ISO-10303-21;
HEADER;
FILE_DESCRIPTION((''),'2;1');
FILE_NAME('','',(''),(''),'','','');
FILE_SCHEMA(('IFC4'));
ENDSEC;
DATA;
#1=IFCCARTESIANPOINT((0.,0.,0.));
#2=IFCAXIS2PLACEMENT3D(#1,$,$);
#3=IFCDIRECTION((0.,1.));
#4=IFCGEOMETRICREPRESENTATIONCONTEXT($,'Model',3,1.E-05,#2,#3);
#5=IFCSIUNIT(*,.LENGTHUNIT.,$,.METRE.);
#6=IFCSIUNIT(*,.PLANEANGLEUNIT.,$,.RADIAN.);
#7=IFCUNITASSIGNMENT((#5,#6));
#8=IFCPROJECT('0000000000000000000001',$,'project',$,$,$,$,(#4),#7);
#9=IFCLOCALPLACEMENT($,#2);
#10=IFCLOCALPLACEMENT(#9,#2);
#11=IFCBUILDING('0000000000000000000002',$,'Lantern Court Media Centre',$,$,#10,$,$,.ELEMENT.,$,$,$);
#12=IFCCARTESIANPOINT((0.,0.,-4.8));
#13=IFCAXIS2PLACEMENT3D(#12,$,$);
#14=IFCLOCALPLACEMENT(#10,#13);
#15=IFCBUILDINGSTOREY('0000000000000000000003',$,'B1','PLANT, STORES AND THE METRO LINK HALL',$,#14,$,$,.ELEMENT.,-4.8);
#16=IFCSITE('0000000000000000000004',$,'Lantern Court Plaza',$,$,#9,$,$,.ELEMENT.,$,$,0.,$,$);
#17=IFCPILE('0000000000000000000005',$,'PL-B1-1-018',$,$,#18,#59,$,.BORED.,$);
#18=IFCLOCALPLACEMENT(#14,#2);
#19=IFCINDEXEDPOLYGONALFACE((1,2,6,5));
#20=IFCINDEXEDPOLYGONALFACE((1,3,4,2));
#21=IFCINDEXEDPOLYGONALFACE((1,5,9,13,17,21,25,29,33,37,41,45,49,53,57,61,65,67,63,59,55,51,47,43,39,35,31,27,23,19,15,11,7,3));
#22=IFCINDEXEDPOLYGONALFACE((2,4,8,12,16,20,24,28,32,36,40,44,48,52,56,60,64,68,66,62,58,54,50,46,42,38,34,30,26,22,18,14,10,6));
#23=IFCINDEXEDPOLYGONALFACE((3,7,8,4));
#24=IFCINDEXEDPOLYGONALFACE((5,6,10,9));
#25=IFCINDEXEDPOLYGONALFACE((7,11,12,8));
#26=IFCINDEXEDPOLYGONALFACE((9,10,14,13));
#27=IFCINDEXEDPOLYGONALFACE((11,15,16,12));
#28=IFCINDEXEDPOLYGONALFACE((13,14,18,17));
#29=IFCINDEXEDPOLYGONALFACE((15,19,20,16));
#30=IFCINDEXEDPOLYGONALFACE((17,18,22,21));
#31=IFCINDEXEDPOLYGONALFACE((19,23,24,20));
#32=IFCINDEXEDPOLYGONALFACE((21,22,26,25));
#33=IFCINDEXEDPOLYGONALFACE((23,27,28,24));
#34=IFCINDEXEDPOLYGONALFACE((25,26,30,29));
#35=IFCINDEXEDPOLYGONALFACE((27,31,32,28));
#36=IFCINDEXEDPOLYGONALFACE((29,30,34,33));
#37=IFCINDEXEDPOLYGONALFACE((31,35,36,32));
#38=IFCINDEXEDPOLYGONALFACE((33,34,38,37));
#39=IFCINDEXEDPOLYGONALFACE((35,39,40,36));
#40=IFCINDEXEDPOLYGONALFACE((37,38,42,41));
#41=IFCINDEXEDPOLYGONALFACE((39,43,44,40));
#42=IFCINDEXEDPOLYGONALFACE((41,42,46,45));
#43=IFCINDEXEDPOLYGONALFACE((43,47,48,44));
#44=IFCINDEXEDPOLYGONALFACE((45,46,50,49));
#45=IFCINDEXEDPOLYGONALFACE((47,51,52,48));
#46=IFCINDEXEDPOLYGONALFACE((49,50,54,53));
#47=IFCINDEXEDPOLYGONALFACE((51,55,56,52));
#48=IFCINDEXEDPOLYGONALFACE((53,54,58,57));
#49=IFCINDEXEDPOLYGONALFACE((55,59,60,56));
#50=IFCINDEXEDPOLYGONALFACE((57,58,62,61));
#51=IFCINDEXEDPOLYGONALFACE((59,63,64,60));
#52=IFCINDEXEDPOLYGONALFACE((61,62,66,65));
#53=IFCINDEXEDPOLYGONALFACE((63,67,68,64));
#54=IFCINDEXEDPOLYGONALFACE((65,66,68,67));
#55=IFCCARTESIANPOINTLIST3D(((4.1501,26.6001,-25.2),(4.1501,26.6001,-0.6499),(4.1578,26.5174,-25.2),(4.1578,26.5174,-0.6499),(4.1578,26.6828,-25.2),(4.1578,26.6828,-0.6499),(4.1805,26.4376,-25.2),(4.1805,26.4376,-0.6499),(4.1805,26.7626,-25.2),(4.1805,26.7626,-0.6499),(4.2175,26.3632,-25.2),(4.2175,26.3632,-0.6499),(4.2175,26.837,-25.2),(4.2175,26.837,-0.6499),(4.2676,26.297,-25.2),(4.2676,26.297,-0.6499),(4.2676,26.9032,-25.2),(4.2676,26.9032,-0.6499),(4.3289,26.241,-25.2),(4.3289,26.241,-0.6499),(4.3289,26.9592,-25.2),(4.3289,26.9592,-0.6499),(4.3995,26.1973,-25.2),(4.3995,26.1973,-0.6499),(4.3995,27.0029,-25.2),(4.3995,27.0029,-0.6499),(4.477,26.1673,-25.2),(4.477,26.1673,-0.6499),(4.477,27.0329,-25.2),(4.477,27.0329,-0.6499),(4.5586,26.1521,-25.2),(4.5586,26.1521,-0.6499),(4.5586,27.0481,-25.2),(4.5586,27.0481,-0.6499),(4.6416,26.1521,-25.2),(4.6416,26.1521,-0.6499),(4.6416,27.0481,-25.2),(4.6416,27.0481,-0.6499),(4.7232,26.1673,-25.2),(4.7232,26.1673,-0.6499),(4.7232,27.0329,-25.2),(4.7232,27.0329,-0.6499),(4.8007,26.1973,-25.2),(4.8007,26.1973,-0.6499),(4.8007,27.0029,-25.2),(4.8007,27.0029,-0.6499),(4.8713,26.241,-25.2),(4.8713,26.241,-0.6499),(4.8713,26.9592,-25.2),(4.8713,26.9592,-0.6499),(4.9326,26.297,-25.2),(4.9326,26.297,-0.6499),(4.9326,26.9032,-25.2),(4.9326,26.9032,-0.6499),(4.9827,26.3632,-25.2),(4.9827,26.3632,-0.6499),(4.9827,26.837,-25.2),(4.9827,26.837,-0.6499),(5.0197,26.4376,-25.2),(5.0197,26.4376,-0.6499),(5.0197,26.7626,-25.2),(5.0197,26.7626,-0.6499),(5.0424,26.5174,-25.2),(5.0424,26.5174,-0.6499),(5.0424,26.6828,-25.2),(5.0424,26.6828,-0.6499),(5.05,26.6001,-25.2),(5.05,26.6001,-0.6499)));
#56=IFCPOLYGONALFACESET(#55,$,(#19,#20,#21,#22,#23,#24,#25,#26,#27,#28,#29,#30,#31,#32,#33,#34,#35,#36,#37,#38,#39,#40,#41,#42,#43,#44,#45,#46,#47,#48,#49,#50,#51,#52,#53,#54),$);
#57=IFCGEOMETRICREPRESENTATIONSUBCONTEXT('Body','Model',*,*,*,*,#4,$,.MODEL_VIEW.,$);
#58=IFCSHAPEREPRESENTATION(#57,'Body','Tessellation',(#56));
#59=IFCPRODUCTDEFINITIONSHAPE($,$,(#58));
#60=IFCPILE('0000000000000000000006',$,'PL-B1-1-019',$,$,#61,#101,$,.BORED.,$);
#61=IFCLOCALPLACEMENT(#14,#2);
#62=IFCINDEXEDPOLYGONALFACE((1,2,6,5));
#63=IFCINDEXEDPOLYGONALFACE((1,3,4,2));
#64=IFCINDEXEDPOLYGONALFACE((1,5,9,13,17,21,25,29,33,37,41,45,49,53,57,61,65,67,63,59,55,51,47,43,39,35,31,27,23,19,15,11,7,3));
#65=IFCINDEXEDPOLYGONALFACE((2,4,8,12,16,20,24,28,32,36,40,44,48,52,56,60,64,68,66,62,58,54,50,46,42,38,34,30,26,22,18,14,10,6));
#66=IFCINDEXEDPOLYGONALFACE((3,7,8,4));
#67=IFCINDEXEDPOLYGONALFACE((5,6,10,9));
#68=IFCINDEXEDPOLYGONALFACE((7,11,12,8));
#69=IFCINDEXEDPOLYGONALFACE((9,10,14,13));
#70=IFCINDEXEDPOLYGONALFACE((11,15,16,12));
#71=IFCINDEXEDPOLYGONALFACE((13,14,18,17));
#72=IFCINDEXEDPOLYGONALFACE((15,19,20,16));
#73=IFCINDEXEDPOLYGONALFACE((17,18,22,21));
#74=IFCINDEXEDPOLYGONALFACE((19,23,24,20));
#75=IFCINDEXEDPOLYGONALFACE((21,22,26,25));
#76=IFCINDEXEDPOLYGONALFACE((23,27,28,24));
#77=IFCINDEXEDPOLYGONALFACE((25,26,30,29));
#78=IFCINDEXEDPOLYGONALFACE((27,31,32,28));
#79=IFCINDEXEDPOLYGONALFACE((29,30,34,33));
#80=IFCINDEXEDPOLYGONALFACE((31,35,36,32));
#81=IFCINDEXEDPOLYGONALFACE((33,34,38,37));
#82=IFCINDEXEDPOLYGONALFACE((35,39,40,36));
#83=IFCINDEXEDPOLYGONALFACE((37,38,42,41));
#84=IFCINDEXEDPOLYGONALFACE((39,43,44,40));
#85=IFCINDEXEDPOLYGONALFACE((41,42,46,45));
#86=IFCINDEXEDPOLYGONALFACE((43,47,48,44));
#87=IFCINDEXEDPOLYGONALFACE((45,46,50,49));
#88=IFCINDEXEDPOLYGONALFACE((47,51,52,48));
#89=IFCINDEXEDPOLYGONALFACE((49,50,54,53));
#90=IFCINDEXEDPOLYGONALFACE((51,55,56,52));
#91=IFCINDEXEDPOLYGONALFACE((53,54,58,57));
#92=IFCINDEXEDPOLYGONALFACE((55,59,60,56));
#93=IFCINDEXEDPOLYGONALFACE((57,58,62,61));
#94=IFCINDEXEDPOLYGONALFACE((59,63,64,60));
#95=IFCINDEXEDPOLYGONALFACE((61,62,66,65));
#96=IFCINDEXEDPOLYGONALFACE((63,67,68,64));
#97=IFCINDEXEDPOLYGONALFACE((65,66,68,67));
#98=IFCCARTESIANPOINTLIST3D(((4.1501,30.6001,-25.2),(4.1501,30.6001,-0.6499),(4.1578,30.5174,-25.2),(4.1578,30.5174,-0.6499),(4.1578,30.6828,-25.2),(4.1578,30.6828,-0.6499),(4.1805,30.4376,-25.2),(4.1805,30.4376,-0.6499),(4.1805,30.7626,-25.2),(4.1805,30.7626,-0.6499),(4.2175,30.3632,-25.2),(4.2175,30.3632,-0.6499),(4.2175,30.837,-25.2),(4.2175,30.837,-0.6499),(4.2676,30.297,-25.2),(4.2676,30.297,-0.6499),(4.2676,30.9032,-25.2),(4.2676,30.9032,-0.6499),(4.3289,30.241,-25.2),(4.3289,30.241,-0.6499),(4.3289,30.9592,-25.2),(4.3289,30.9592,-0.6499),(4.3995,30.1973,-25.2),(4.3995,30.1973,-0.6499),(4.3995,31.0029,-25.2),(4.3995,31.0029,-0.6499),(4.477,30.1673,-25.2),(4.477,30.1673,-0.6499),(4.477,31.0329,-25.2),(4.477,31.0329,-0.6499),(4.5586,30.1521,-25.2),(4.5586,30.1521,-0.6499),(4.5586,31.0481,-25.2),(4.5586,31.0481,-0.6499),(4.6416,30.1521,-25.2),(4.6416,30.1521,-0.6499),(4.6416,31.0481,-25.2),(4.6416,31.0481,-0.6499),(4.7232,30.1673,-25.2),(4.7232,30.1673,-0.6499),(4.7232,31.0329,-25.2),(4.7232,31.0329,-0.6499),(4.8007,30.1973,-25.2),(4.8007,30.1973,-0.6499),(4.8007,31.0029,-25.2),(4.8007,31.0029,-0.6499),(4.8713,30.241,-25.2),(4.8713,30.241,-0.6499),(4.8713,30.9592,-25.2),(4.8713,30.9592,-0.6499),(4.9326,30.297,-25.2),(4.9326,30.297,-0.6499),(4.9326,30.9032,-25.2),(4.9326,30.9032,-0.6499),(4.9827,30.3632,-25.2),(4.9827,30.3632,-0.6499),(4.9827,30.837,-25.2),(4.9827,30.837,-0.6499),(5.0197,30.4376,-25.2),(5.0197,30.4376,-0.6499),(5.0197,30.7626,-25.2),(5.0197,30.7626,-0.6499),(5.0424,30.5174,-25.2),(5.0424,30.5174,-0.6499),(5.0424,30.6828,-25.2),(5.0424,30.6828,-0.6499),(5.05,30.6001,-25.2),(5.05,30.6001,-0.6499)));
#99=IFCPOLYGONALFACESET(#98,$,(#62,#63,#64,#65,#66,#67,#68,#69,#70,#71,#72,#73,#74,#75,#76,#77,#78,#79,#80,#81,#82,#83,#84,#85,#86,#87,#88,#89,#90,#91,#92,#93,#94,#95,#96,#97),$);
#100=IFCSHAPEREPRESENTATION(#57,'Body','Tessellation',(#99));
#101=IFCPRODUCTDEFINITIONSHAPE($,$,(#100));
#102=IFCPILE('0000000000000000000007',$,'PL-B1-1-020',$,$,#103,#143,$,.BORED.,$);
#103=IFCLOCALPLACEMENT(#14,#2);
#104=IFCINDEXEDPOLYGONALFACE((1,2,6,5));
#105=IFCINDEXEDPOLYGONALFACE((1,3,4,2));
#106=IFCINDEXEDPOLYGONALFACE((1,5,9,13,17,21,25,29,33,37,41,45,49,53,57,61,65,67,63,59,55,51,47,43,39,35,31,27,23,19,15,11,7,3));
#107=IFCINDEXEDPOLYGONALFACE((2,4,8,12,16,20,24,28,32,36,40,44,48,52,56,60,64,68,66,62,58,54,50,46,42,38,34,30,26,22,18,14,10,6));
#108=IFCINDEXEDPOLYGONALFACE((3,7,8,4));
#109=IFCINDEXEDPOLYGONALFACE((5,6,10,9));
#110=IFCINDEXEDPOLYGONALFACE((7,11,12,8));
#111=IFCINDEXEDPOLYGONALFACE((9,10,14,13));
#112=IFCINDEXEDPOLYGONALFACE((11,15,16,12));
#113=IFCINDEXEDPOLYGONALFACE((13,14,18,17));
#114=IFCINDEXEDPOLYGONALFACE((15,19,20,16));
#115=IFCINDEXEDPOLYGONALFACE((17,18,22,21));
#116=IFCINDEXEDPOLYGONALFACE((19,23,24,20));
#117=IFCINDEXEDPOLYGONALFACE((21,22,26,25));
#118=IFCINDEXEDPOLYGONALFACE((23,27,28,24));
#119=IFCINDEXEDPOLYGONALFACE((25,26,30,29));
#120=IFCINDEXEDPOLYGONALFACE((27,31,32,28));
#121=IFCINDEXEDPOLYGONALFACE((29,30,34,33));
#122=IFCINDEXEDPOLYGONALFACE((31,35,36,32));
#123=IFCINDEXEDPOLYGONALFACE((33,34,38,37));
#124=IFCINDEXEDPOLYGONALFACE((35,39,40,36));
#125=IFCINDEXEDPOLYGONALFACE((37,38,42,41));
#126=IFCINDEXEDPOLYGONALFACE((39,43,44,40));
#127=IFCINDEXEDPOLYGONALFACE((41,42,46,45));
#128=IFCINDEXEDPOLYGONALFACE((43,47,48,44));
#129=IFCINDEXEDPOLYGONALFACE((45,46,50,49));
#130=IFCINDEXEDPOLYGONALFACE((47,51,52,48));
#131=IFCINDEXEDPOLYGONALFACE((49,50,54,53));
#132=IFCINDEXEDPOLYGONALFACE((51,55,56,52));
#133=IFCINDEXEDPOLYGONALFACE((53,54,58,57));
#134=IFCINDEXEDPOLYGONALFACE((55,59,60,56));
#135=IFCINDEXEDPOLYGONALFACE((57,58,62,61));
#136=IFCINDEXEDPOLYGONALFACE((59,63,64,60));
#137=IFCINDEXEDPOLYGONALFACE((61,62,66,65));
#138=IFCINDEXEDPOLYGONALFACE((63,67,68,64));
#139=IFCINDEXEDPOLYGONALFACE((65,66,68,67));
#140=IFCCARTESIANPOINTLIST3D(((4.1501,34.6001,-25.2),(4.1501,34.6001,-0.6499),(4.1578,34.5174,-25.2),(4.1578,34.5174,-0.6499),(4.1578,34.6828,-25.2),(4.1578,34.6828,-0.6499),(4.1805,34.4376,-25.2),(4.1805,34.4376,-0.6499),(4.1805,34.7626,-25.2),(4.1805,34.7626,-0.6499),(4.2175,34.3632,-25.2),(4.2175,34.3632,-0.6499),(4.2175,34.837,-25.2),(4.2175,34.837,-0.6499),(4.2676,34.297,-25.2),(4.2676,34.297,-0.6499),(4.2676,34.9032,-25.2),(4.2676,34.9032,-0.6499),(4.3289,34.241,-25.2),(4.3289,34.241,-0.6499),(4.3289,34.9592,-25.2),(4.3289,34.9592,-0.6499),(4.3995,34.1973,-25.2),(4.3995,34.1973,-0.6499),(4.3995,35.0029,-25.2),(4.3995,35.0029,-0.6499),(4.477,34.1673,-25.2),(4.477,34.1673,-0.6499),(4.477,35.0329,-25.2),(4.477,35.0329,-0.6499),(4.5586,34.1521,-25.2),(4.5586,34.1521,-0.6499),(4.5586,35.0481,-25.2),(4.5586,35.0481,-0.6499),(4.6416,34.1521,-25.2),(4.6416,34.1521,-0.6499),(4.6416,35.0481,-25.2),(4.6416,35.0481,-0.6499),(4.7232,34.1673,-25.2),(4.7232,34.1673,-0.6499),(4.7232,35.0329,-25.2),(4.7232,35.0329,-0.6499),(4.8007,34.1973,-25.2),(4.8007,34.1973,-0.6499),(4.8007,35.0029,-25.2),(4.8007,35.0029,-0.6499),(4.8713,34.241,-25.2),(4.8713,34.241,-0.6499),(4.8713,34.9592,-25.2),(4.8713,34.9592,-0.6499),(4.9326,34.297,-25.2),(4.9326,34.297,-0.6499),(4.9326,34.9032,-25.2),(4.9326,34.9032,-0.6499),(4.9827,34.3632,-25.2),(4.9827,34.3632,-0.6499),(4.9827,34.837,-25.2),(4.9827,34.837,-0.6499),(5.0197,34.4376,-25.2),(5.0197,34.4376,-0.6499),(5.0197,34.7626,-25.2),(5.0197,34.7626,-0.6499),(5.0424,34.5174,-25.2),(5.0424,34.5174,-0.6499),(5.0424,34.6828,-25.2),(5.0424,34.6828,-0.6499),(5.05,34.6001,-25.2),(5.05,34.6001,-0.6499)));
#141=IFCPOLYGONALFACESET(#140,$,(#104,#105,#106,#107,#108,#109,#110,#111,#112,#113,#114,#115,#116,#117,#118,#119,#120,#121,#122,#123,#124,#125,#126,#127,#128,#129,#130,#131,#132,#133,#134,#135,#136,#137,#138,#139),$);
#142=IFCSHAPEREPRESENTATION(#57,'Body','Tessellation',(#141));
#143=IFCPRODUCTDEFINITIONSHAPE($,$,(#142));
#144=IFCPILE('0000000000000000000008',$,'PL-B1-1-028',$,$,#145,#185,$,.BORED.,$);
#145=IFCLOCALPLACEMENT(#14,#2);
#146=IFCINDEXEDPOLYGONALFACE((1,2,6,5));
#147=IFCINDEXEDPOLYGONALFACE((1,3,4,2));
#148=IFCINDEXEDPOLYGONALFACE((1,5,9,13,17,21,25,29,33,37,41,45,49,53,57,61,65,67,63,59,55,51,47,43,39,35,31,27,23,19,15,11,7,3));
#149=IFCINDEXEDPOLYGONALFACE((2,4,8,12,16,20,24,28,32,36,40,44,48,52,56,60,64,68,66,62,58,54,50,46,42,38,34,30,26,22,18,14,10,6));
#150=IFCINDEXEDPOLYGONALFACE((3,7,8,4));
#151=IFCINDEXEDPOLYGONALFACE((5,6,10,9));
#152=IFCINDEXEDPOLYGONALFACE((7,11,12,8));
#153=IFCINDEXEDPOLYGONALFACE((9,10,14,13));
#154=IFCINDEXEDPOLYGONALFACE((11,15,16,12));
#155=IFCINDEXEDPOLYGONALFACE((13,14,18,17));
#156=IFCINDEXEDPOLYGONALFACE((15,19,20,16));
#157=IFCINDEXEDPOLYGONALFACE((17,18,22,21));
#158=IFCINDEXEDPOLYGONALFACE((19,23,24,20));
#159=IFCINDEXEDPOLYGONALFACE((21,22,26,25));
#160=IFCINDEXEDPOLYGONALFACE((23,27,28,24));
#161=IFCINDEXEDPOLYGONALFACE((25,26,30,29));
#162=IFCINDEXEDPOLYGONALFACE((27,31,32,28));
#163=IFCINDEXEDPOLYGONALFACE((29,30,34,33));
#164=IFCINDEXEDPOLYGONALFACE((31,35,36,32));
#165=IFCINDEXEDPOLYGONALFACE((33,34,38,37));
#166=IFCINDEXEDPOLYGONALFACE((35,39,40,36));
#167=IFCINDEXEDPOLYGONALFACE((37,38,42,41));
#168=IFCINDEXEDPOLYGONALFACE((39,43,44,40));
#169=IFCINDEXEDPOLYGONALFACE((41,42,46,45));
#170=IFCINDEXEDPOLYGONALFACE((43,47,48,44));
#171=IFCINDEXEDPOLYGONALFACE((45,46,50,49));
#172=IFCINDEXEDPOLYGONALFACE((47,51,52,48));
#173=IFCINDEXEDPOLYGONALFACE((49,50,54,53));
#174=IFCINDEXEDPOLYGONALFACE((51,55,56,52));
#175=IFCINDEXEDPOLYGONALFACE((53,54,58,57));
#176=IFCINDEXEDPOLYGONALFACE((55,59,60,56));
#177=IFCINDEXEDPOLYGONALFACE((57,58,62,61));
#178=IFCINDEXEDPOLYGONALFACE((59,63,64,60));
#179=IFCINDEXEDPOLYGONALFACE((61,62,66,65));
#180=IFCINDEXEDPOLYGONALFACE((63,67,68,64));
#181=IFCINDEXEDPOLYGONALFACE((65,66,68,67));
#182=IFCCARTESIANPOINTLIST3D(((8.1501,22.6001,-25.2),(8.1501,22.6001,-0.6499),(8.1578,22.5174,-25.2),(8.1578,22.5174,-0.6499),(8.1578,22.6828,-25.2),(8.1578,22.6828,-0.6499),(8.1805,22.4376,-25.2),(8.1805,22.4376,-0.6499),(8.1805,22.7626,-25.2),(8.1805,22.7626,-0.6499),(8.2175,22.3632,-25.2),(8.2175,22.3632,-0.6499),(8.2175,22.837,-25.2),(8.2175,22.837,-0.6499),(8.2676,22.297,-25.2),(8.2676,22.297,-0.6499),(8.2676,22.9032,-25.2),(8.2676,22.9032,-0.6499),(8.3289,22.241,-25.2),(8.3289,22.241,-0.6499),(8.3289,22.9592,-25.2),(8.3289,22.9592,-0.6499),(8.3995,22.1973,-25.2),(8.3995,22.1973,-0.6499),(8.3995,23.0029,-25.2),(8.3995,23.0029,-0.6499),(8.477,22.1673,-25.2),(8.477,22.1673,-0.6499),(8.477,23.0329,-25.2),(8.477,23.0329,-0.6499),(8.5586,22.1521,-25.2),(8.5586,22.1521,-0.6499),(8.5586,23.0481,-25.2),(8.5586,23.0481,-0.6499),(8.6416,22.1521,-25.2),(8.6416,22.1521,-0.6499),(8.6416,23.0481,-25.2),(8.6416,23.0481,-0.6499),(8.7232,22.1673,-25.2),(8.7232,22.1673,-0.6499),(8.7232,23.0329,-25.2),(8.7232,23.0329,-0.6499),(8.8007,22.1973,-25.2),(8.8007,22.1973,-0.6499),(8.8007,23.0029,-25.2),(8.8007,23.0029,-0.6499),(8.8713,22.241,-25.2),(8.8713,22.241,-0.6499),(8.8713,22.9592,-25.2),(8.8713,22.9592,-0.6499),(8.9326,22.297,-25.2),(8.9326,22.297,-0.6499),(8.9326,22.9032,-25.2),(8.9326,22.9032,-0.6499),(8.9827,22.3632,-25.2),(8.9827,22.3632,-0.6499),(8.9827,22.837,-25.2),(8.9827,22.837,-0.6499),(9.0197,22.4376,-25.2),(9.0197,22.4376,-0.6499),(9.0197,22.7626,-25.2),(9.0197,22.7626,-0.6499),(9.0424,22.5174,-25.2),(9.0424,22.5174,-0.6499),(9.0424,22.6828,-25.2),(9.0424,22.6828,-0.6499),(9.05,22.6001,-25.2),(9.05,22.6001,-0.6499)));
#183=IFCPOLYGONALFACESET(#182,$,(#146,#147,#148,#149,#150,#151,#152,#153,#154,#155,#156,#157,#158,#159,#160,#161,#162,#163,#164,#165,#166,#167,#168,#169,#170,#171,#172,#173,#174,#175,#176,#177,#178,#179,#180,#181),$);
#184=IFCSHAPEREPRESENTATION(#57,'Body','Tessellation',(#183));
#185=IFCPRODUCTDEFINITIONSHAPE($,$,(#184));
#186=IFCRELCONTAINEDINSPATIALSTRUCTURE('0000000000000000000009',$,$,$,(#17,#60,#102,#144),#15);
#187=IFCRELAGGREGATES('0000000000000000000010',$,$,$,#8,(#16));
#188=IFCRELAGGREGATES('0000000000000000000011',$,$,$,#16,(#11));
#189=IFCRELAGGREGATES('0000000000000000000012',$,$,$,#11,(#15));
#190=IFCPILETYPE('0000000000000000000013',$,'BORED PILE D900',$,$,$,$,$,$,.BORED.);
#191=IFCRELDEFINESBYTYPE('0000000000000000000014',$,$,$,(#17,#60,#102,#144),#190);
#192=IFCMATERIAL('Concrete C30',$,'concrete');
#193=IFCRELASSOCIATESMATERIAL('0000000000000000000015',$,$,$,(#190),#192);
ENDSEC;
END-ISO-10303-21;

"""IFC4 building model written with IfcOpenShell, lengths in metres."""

from ifc_helpers import new_model, si_unit, direction, frame, origin, origin_2d, place, context, subcontext, project, spatial, circle, extrude, material, material_profile, profile_set, type_object, element, save


model = new_model("IFC4")

# Units and contexts
model_context = context("Model", 3, precision=1e-05, world=origin(), true_north=direction((0.0, 1.0)))
body_context = subcontext(model_context, "Body", "Model", "MODEL_VIEW")
ifc_project = project(units=[si_unit("LENGTHUNIT", "METRE"), si_unit("PLANEANGLEUNIT", "RADIAN")], contexts=[model_context])

# Site, building, storey
site_placement = place(None, origin())
site = spatial("IfcSite", under=ifc_project, at=site_placement, Name="Lantern Court Plaza", CompositionType="ELEMENT", RefElevation=0.0)
building_placement = place(site_placement, origin())
building = spatial("IfcBuilding", under=site, at=building_placement, Name="Lantern Court Media Centre", CompositionType="ELEMENT")
storey_placement = place(building_placement, frame((0.0, 0.0, -4.8)))
storey = spatial("IfcBuildingStorey", under=building, at=storey_placement, Name="B1", Description="PLANT, STORES AND THE METRO LINK HALL", CompositionType="ELEMENT", Elevation=-4.8)

# Piles
ifc_material_1 = material(Name="Concrete C30", Category="concrete")
ifc_material_profile_1 = material_profile(ifc_material_1, circle(Radius=0.45, at=origin_2d()), Name="D900")
ifc_profile_set_1 = profile_set([ifc_material_profile_1], Name="Concrete C30")
pile_type = type_object("IfcPileType", Name="BORED PILE D900", PredefinedType="BORED", material=ifc_profile_set_1)
for number, where, z_axis, x_axis, name in (
    (1, (4.6001, 26.6001, -0.6499), (0.0, 0.0, -1.0), (1.0, 0.0, 0.0), "PL-B1-1-018"),
    (2, (4.6001, 30.6001, -0.6499), (0.0, 0.0, -1.0), (1.0, 0.0, 0.0), "PL-B1-1-019"),
    (3, (4.6001, 34.6001, -0.6499), (0.0, 0.0, -1.0), (1.0, 0.0, 0.0), "PL-B1-1-020"),
    (4, (8.6001, 22.6001, -0.6499), (0.0, 0.0, -1.0), (1.0, 0.0, 0.0), "PL-B1-1-028"),
):
    element("IfcPile", number, at=place(storey_placement, frame(where, z_axis=z_axis, x_axis=x_axis)), inside=storey, type_object=pile_type, Name=name, PredefinedType="BORED", context=body_context, shape_type="SweptSolid", body=[
        extrude(circle(Radius=0.45, at=origin_2d()), origin(), (0.0, 0.0, 1.0), 24.55),
    ])

save(model, "model.ifc")
